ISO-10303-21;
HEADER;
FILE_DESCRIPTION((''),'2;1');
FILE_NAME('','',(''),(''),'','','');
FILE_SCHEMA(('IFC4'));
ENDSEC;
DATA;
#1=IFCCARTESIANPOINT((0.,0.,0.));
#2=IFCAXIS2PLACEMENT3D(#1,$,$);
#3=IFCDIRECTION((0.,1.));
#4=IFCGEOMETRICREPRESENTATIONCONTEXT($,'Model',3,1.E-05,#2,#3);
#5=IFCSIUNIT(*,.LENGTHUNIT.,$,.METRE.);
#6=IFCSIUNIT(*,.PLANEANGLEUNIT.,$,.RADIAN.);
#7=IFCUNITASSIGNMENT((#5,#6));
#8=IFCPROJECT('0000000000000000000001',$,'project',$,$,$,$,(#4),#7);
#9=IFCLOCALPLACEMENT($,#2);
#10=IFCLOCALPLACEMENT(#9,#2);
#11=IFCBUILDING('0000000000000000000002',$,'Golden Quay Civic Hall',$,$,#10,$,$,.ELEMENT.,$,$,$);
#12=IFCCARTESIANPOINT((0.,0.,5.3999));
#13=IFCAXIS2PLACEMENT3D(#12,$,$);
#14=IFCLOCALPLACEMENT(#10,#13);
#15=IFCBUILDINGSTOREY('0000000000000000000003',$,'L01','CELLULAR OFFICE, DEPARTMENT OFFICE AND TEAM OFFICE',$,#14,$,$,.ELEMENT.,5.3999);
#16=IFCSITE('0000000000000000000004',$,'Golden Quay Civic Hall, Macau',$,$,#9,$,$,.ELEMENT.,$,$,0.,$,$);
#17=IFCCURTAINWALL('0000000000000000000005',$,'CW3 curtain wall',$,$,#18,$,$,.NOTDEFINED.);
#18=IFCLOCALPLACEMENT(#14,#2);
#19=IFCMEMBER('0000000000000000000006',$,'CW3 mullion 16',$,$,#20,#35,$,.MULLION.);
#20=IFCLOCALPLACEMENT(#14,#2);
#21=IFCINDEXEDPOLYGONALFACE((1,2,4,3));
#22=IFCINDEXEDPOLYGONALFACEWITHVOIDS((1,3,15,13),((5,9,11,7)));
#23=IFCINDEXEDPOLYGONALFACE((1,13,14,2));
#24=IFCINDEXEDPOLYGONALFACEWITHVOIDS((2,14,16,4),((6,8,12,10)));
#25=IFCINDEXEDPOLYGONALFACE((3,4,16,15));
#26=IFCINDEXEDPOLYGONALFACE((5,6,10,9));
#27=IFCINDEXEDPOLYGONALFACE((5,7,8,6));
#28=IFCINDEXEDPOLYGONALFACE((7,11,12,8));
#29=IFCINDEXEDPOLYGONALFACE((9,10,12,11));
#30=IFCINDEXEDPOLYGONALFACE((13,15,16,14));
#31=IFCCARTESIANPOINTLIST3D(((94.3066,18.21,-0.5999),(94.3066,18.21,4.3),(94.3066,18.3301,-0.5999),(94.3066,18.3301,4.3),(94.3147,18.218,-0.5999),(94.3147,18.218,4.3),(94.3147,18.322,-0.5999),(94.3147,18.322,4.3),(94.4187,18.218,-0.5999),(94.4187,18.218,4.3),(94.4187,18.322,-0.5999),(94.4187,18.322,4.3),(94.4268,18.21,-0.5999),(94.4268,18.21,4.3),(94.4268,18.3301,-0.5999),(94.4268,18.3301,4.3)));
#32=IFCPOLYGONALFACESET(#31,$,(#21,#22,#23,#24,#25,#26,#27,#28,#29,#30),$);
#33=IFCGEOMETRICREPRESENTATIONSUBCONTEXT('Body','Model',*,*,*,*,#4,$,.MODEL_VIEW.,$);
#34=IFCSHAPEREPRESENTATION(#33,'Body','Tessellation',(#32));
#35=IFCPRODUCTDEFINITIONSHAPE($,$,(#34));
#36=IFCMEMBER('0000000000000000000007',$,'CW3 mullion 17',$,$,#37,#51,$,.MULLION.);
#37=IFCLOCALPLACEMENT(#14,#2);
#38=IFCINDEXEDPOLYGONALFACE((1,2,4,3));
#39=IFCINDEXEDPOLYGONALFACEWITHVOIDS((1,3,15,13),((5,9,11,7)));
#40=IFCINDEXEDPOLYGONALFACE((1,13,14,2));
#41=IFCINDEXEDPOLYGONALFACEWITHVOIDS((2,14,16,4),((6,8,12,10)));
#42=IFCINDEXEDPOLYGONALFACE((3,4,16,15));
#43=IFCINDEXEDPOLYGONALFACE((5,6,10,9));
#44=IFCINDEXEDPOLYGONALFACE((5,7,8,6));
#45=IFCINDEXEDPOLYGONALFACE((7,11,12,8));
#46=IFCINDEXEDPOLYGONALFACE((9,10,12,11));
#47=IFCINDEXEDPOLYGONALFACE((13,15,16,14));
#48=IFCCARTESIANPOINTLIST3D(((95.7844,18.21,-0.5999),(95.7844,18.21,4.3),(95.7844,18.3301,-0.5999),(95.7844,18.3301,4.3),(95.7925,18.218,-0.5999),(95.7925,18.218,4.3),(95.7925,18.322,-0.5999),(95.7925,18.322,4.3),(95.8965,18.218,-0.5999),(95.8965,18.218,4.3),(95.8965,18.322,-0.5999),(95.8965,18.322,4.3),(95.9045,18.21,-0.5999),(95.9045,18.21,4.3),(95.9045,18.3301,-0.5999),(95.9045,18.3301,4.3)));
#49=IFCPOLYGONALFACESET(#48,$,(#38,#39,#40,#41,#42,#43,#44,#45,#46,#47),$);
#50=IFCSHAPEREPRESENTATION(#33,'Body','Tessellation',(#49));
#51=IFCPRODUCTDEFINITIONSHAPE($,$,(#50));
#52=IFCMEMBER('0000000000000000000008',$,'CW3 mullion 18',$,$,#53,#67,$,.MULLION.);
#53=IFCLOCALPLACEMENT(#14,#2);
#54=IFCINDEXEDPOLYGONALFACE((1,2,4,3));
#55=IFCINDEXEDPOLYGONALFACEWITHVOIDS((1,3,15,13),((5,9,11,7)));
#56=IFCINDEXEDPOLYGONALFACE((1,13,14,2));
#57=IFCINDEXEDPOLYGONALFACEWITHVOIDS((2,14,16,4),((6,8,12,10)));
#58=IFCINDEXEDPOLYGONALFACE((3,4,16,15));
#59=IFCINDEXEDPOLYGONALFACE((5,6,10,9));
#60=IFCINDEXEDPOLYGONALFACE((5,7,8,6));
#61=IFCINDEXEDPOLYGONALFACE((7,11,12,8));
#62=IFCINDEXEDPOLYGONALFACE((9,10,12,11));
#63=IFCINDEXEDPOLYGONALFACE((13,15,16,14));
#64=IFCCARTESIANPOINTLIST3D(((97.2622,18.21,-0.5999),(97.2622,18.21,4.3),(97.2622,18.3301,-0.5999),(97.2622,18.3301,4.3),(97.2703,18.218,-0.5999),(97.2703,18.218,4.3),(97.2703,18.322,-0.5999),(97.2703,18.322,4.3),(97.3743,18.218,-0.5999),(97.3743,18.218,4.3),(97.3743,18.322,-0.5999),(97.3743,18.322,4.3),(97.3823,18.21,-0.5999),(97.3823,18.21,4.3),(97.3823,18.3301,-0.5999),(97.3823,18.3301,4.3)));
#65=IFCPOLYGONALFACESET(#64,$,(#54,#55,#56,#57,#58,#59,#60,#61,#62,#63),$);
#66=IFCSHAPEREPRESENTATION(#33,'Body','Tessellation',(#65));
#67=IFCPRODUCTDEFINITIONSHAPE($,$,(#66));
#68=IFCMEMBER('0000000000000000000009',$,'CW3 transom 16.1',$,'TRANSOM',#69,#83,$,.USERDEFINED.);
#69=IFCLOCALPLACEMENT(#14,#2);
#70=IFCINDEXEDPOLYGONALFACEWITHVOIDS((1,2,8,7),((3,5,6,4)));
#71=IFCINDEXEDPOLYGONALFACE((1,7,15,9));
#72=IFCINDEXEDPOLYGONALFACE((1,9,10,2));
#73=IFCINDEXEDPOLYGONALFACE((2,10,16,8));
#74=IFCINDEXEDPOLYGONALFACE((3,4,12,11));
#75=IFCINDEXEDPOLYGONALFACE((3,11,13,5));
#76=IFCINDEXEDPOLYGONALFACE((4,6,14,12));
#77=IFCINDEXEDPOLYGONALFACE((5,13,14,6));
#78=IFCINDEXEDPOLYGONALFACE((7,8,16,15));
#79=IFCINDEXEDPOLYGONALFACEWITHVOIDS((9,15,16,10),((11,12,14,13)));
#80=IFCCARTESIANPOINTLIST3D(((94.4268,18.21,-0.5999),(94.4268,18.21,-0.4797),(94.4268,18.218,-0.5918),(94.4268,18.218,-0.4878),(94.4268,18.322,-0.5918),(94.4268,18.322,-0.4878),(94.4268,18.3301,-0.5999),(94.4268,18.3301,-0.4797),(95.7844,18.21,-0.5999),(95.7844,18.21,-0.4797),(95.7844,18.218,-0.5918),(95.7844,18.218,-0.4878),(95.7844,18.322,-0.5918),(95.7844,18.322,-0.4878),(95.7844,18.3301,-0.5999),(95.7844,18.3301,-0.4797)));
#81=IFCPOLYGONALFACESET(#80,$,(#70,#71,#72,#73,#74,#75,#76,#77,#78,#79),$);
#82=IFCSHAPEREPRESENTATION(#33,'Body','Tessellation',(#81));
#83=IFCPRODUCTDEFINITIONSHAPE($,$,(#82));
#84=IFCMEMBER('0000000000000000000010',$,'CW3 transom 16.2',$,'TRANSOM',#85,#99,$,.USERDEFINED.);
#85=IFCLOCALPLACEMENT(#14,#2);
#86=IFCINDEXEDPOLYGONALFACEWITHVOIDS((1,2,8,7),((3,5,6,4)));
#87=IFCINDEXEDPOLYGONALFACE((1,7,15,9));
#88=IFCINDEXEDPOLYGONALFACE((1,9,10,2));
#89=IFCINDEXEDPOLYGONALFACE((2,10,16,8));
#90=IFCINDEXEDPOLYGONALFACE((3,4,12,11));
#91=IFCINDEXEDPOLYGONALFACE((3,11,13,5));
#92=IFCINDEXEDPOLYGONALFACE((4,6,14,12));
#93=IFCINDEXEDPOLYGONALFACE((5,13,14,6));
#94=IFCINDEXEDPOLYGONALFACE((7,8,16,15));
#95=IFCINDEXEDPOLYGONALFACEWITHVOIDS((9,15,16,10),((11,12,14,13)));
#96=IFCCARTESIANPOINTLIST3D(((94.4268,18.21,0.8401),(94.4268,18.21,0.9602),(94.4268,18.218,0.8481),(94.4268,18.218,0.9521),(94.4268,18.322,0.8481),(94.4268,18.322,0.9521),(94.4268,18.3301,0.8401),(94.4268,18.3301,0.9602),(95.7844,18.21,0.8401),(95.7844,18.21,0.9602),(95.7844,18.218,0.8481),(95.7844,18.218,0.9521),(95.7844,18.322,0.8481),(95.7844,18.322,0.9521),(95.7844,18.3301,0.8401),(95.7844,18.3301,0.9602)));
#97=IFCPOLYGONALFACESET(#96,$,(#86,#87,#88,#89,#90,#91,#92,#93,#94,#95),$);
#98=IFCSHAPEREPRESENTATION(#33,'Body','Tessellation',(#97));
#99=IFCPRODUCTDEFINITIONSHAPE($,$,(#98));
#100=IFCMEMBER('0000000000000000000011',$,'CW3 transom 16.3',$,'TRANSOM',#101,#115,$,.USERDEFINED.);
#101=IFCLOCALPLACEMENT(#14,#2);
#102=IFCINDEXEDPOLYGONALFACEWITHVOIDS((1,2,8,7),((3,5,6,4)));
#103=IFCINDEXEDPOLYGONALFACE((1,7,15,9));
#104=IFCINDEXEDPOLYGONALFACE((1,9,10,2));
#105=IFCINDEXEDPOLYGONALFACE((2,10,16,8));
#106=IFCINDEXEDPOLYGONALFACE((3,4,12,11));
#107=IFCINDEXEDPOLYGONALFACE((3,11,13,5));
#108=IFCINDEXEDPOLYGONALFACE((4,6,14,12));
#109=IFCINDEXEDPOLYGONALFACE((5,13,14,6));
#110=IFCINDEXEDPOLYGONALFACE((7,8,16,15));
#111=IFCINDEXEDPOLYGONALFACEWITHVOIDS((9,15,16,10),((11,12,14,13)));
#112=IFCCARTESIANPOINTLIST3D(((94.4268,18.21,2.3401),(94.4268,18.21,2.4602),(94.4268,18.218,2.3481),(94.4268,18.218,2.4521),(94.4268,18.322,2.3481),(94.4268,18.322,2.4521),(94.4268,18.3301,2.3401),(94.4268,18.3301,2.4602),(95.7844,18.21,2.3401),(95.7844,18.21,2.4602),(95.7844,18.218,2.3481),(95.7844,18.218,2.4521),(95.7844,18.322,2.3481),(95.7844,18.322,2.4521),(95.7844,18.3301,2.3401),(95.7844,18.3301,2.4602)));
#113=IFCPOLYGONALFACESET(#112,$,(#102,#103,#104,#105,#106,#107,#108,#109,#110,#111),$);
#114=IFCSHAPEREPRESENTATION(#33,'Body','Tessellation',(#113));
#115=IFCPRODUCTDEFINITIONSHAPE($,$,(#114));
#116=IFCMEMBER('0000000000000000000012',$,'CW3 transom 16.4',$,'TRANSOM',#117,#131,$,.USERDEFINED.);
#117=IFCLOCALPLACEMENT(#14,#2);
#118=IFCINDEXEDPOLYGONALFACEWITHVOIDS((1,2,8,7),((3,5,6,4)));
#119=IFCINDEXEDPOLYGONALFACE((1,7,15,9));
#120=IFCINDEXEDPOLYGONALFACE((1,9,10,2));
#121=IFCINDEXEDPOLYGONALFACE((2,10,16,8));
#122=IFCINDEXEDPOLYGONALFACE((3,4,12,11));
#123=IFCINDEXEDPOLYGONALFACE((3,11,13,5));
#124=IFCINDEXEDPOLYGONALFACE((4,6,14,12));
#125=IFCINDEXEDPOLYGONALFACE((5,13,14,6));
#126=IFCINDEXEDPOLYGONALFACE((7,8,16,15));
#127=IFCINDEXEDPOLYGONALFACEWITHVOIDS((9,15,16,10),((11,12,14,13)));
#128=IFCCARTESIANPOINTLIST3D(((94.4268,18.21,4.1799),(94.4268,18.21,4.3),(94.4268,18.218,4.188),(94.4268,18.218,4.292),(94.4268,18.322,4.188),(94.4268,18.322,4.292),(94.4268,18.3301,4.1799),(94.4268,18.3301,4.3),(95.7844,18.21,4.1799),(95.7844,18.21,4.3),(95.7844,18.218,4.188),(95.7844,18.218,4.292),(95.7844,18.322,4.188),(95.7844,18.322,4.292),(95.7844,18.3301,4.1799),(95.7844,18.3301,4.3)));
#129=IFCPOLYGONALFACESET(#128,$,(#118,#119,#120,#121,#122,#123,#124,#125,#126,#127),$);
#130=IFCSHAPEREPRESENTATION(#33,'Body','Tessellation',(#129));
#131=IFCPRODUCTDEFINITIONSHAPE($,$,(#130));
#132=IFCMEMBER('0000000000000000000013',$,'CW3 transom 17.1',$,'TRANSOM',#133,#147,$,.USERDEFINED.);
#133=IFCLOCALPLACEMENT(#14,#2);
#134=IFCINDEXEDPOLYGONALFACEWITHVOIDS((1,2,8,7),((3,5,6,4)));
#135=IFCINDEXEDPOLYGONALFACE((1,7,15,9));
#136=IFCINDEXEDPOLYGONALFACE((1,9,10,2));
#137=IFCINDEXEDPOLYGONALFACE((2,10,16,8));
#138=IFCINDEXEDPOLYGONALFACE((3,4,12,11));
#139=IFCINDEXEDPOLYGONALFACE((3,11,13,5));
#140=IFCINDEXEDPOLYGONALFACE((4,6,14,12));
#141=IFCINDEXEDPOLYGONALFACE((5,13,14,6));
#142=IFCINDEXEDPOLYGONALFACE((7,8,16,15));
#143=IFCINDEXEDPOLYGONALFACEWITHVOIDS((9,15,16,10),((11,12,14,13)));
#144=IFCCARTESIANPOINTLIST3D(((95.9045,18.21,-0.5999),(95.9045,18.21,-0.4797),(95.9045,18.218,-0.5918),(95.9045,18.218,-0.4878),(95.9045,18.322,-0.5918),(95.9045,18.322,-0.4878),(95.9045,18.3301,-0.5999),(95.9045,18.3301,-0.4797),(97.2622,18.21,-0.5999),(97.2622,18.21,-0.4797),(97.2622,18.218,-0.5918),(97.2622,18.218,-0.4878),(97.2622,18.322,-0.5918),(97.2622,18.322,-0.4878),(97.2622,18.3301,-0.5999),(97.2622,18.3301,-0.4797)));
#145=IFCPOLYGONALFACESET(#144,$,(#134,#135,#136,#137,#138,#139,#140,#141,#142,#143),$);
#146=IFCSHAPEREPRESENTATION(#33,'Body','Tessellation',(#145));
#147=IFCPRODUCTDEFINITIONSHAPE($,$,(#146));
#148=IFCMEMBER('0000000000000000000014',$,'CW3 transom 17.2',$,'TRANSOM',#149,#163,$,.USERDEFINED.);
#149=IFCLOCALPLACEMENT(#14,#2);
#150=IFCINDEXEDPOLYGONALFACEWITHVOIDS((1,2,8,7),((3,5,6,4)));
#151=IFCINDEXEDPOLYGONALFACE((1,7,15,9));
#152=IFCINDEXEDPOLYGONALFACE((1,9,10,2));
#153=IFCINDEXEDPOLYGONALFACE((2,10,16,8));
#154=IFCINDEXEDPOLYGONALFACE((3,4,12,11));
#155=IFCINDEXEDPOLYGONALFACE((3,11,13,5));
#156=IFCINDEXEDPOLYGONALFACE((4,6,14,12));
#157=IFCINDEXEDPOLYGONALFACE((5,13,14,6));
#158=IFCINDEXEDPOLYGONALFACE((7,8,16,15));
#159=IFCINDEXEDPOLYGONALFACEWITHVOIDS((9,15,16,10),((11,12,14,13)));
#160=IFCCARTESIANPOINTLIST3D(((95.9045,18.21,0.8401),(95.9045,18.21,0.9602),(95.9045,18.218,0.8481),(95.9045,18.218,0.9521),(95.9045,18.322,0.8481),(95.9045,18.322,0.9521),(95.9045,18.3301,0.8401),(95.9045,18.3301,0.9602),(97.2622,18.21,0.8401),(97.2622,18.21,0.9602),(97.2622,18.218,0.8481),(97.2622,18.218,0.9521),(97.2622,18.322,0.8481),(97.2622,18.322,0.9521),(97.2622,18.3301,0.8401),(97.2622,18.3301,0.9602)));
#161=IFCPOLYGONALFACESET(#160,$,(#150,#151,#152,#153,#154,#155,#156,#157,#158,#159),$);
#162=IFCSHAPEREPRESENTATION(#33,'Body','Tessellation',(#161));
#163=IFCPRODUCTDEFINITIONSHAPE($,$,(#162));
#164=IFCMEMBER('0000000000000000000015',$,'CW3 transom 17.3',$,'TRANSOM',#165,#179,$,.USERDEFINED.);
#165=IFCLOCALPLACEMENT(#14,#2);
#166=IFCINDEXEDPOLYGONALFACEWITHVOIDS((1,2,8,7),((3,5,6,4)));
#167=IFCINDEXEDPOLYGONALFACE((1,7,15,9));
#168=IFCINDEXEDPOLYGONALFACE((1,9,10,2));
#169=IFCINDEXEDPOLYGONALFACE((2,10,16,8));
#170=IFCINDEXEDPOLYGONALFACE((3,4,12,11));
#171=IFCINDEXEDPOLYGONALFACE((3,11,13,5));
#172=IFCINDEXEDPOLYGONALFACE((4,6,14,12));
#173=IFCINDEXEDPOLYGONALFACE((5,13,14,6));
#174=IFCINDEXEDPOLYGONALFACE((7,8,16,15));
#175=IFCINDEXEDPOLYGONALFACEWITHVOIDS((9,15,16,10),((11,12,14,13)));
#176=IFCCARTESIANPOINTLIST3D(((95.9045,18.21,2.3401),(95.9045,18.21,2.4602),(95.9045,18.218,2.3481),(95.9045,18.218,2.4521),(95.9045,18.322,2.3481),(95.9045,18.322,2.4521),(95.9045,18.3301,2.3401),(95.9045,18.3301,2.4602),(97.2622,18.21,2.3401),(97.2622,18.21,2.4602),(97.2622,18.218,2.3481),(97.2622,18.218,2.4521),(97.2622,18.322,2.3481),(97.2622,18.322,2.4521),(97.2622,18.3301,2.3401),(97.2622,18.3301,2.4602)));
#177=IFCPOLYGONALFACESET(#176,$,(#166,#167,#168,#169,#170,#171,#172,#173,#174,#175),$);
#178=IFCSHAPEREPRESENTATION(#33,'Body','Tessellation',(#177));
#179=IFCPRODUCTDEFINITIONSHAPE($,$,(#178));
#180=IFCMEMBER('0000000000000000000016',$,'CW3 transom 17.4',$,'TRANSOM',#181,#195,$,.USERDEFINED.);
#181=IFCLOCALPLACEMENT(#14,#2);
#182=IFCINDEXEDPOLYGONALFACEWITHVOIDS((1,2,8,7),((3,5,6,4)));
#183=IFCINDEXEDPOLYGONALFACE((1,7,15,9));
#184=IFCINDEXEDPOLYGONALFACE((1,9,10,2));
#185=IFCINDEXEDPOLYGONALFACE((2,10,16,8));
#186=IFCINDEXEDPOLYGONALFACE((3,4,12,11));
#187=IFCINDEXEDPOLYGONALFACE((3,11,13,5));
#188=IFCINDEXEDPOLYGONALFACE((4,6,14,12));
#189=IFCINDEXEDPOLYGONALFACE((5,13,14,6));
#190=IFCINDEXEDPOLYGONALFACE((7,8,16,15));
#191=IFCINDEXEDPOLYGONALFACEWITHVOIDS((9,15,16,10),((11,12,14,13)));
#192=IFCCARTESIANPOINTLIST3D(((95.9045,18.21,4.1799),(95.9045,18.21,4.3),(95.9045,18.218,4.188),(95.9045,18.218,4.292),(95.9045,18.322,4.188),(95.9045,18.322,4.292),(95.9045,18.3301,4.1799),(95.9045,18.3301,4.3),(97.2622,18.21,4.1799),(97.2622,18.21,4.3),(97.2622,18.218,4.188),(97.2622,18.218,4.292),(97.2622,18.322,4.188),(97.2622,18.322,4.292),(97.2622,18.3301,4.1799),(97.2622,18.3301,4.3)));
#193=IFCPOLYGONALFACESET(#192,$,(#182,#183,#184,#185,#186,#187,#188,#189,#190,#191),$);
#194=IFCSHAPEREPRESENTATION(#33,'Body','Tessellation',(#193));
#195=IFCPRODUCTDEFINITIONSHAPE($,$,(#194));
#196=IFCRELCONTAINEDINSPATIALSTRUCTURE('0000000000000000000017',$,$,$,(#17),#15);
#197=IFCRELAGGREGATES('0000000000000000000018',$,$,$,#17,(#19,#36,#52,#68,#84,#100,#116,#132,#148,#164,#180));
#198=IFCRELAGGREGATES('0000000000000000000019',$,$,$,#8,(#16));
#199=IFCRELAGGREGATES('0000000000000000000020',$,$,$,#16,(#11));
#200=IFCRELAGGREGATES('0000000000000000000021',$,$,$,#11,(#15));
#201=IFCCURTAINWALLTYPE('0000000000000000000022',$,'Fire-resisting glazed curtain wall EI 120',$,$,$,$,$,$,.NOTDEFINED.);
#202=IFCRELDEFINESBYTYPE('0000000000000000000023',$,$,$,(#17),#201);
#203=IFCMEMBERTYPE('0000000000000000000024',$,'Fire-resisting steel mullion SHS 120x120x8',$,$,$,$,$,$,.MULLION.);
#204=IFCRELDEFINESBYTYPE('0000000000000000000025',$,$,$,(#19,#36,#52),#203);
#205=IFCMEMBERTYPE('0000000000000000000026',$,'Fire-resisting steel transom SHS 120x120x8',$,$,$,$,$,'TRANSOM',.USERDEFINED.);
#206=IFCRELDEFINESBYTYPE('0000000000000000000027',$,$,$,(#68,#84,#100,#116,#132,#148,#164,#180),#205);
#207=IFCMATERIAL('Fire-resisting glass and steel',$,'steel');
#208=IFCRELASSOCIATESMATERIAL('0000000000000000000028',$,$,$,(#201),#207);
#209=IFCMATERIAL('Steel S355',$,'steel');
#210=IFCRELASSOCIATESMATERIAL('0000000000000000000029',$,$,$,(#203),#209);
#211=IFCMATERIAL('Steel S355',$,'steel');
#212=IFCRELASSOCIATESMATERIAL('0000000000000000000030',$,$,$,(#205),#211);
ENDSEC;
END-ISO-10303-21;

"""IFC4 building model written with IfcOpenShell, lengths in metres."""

from ifc_helpers import new_model, si_unit, direction, frame, origin, origin_2d, place, context, subcontext, project, spatial, hollow_rectangle, extrude, material, material_profile, profile_set, type_object, element, aggregate, save


model = new_model("IFC4")

# Units and contexts
model_context = context("Model", 3, precision=1e-05, world=origin(), true_north=direction((0.0, 1.0)))
body_context = subcontext(model_context, "Body", "Model", "MODEL_VIEW")
ifc_project = project(units=[si_unit("LENGTHUNIT", "METRE"), si_unit("PLANEANGLEUNIT", "RADIAN")], contexts=[model_context])

# Site, building, storey
site_placement = place(None, origin())
site = spatial("IfcSite", under=ifc_project, at=site_placement, Name="Golden Quay Civic Hall, Macau", CompositionType="ELEMENT", RefElevation=0.0)
building_placement = place(site_placement, origin())
building = spatial("IfcBuilding", under=site, at=building_placement, Name="Golden Quay Civic Hall", CompositionType="ELEMENT")
storey_placement = place(building_placement, frame((0.0, 0.0, 5.3999)))
storey = spatial("IfcBuildingStorey", under=building, at=storey_placement, Name="L01", Description="CELLULAR OFFICE, DEPARTMENT OFFICE AND TEAM OFFICE", CompositionType="ELEMENT", Elevation=5.3999)

# Curtain wall, members
ifc_material_1 = material(Name="Fire-resisting glass and steel", Category="steel")
curtain_wall_type = type_object("IfcCurtainWallType", Name="Fire-resisting glazed curtain wall EI 120", PredefinedType="NOTDEFINED", material=ifc_material_1)
curtain_wall_placement = place(storey_placement, origin())
curtain_wall = element("IfcCurtainWall", 1, at=curtain_wall_placement, inside=storey, type_object=curtain_wall_type, Name="CW3 curtain wall", PredefinedType="NOTDEFINED")
ifc_material_2 = material(Name="Steel S355", Category="steel")
ifc_material_profile_1 = material_profile(ifc_material_2, hollow_rectangle(XDim=0.1201, YDim=0.1201, WallThickness=0.0081, at=origin_2d()), Name="SHS 120x120x8")
ifc_profile_set_1 = profile_set([ifc_material_profile_1], Name="Steel S355")
member_type_1 = type_object("IfcMemberType", Name="Fire-resisting steel mullion SHS 120x120x8", PredefinedType="MULLION", material=ifc_profile_set_1)
member_1_placement = place(storey_placement, frame((94.3667, 18.27, -0.5999), z_axis=(0.0, 0.0, 1.0), x_axis=(0.0, 1.0, 0.0)))
member_1 = element("IfcMember", 2, at=member_1_placement, type_object=member_type_1, Name="CW3 mullion 16", PredefinedType="MULLION", context=body_context, shape_type="SweptSolid", body=[
    extrude(hollow_rectangle(XDim=0.1201, YDim=0.1201, WallThickness=0.0081, at=origin_2d()), origin(), (0.0, 0.0, 1.0), 4.8999),
])
member_2_placement = place(storey_placement, frame((95.8445, 18.27, -0.5999), z_axis=(0.0, 0.0, 1.0), x_axis=(0.0, 1.0, 0.0)))
member_2 = element("IfcMember", 3, at=member_2_placement, type_object=member_type_1, Name="CW3 mullion 17", PredefinedType="MULLION", context=body_context, shape_type="SweptSolid", body=[
    extrude(hollow_rectangle(XDim=0.1201, YDim=0.1201, WallThickness=0.0081, at=origin_2d()), origin(), (0.0, 0.0, 1.0), 4.8999),
])
member_3_placement = place(storey_placement, frame((97.3223, 18.27, -0.5999), z_axis=(0.0, 0.0, 1.0), x_axis=(0.0, 1.0, 0.0)))
member_3 = element("IfcMember", 4, at=member_3_placement, type_object=member_type_1, Name="CW3 mullion 18", PredefinedType="MULLION", context=body_context, shape_type="SweptSolid", body=[
    extrude(hollow_rectangle(XDim=0.1201, YDim=0.1201, WallThickness=0.0081, at=origin_2d()), origin(), (0.0, 0.0, 1.0), 4.8999),
])
ifc_material_3 = material(Name="Steel S355", Category="steel")
ifc_material_profile_2 = material_profile(ifc_material_3, hollow_rectangle(XDim=0.1201, YDim=0.1201, WallThickness=0.0081, at=origin_2d()), Name="SHS 120x120x8")
ifc_profile_set_2 = profile_set([ifc_material_profile_2], Name="Steel S355")
member_type_2 = type_object("IfcMemberType", Name="Fire-resisting steel transom SHS 120x120x8", ElementType="TRANSOM", PredefinedType="USERDEFINED", material=ifc_profile_set_2)
member_4_placement = place(storey_placement, frame((94.4268, 18.27, -0.5398), z_axis=(1.0, 0.0, 0.0), x_axis=(0.0, 1.0, 0.0)))
member_4 = element("IfcMember", 5, at=member_4_placement, type_object=member_type_2, Name="CW3 transom 16.1", ObjectType="TRANSOM", PredefinedType="USERDEFINED", context=body_context, shape_type="SweptSolid", body=[
    extrude(hollow_rectangle(XDim=0.1201, YDim=0.1201, WallThickness=0.0081, at=origin_2d()), origin(), (0.0, 0.0, 1.0), 1.3577),
])
member_5_placement = place(storey_placement, frame((94.4268, 18.27, 0.9001), z_axis=(1.0, 0.0, 0.0), x_axis=(0.0, 1.0, 0.0)))
member_5 = element("IfcMember", 6, at=member_5_placement, type_object=member_type_2, Name="CW3 transom 16.2", ObjectType="TRANSOM", PredefinedType="USERDEFINED", context=body_context, shape_type="SweptSolid", body=[
    extrude(hollow_rectangle(XDim=0.1201, YDim=0.1201, WallThickness=0.0081, at=origin_2d()), origin(), (0.0, 0.0, 1.0), 1.3577),
])
member_6_placement = place(storey_placement, frame((94.4268, 18.27, 2.4001), z_axis=(1.0, 0.0, 0.0), x_axis=(0.0, 1.0, 0.0)))
member_6 = element("IfcMember", 7, at=member_6_placement, type_object=member_type_2, Name="CW3 transom 16.3", ObjectType="TRANSOM", PredefinedType="USERDEFINED", context=body_context, shape_type="SweptSolid", body=[
    extrude(hollow_rectangle(XDim=0.1201, YDim=0.1201, WallThickness=0.0081, at=origin_2d()), origin(), (0.0, 0.0, 1.0), 1.3577),
])
member_7_placement = place(storey_placement, frame((94.4268, 18.27, 4.24), z_axis=(1.0, 0.0, 0.0), x_axis=(0.0, 1.0, 0.0)))
member_7 = element("IfcMember", 8, at=member_7_placement, type_object=member_type_2, Name="CW3 transom 16.4", ObjectType="TRANSOM", PredefinedType="USERDEFINED", context=body_context, shape_type="SweptSolid", body=[
    extrude(hollow_rectangle(XDim=0.1201, YDim=0.1201, WallThickness=0.0081, at=origin_2d()), origin(), (0.0, 0.0, 1.0), 1.3577),
])
member_8_placement = place(storey_placement, frame((95.9045, 18.27, -0.5398), z_axis=(1.0, 0.0, 0.0), x_axis=(0.0, 1.0, 0.0)))
member_8 = element("IfcMember", 9, at=member_8_placement, type_object=member_type_2, Name="CW3 transom 17.1", ObjectType="TRANSOM", PredefinedType="USERDEFINED", context=body_context, shape_type="SweptSolid", body=[
    extrude(hollow_rectangle(XDim=0.1201, YDim=0.1201, WallThickness=0.0081, at=origin_2d()), origin(), (0.0, 0.0, 1.0), 1.3577),
])
member_9_placement = place(storey_placement, frame((95.9045, 18.27, 0.9001), z_axis=(1.0, 0.0, 0.0), x_axis=(0.0, 1.0, 0.0)))
member_9 = element("IfcMember", 10, at=member_9_placement, type_object=member_type_2, Name="CW3 transom 17.2", ObjectType="TRANSOM", PredefinedType="USERDEFINED", context=body_context, shape_type="SweptSolid", body=[
    extrude(hollow_rectangle(XDim=0.1201, YDim=0.1201, WallThickness=0.0081, at=origin_2d()), origin(), (0.0, 0.0, 1.0), 1.3577),
])
member_10_placement = place(storey_placement, frame((95.9045, 18.27, 2.4001), z_axis=(1.0, 0.0, 0.0), x_axis=(0.0, 1.0, 0.0)))
member_10 = element("IfcMember", 11, at=member_10_placement, type_object=member_type_2, Name="CW3 transom 17.3", ObjectType="TRANSOM", PredefinedType="USERDEFINED", context=body_context, shape_type="SweptSolid", body=[
    extrude(hollow_rectangle(XDim=0.1201, YDim=0.1201, WallThickness=0.0081, at=origin_2d()), origin(), (0.0, 0.0, 1.0), 1.3577),
])
member_11_placement = place(storey_placement, frame((95.9045, 18.27, 4.24), z_axis=(1.0, 0.0, 0.0), x_axis=(0.0, 1.0, 0.0)))
member_11 = element("IfcMember", 12, at=member_11_placement, type_object=member_type_2, Name="CW3 transom 17.4", ObjectType="TRANSOM", PredefinedType="USERDEFINED", context=body_context, shape_type="SweptSolid", body=[
    extrude(hollow_rectangle(XDim=0.1201, YDim=0.1201, WallThickness=0.0081, at=origin_2d()), origin(), (0.0, 0.0, 1.0), 1.3577),
])
aggregate(curtain_wall, [member_1, member_2, member_3, member_4, member_5, member_6, member_7, member_8, member_9, member_10, member_11])

save(model, "model.ifc")
